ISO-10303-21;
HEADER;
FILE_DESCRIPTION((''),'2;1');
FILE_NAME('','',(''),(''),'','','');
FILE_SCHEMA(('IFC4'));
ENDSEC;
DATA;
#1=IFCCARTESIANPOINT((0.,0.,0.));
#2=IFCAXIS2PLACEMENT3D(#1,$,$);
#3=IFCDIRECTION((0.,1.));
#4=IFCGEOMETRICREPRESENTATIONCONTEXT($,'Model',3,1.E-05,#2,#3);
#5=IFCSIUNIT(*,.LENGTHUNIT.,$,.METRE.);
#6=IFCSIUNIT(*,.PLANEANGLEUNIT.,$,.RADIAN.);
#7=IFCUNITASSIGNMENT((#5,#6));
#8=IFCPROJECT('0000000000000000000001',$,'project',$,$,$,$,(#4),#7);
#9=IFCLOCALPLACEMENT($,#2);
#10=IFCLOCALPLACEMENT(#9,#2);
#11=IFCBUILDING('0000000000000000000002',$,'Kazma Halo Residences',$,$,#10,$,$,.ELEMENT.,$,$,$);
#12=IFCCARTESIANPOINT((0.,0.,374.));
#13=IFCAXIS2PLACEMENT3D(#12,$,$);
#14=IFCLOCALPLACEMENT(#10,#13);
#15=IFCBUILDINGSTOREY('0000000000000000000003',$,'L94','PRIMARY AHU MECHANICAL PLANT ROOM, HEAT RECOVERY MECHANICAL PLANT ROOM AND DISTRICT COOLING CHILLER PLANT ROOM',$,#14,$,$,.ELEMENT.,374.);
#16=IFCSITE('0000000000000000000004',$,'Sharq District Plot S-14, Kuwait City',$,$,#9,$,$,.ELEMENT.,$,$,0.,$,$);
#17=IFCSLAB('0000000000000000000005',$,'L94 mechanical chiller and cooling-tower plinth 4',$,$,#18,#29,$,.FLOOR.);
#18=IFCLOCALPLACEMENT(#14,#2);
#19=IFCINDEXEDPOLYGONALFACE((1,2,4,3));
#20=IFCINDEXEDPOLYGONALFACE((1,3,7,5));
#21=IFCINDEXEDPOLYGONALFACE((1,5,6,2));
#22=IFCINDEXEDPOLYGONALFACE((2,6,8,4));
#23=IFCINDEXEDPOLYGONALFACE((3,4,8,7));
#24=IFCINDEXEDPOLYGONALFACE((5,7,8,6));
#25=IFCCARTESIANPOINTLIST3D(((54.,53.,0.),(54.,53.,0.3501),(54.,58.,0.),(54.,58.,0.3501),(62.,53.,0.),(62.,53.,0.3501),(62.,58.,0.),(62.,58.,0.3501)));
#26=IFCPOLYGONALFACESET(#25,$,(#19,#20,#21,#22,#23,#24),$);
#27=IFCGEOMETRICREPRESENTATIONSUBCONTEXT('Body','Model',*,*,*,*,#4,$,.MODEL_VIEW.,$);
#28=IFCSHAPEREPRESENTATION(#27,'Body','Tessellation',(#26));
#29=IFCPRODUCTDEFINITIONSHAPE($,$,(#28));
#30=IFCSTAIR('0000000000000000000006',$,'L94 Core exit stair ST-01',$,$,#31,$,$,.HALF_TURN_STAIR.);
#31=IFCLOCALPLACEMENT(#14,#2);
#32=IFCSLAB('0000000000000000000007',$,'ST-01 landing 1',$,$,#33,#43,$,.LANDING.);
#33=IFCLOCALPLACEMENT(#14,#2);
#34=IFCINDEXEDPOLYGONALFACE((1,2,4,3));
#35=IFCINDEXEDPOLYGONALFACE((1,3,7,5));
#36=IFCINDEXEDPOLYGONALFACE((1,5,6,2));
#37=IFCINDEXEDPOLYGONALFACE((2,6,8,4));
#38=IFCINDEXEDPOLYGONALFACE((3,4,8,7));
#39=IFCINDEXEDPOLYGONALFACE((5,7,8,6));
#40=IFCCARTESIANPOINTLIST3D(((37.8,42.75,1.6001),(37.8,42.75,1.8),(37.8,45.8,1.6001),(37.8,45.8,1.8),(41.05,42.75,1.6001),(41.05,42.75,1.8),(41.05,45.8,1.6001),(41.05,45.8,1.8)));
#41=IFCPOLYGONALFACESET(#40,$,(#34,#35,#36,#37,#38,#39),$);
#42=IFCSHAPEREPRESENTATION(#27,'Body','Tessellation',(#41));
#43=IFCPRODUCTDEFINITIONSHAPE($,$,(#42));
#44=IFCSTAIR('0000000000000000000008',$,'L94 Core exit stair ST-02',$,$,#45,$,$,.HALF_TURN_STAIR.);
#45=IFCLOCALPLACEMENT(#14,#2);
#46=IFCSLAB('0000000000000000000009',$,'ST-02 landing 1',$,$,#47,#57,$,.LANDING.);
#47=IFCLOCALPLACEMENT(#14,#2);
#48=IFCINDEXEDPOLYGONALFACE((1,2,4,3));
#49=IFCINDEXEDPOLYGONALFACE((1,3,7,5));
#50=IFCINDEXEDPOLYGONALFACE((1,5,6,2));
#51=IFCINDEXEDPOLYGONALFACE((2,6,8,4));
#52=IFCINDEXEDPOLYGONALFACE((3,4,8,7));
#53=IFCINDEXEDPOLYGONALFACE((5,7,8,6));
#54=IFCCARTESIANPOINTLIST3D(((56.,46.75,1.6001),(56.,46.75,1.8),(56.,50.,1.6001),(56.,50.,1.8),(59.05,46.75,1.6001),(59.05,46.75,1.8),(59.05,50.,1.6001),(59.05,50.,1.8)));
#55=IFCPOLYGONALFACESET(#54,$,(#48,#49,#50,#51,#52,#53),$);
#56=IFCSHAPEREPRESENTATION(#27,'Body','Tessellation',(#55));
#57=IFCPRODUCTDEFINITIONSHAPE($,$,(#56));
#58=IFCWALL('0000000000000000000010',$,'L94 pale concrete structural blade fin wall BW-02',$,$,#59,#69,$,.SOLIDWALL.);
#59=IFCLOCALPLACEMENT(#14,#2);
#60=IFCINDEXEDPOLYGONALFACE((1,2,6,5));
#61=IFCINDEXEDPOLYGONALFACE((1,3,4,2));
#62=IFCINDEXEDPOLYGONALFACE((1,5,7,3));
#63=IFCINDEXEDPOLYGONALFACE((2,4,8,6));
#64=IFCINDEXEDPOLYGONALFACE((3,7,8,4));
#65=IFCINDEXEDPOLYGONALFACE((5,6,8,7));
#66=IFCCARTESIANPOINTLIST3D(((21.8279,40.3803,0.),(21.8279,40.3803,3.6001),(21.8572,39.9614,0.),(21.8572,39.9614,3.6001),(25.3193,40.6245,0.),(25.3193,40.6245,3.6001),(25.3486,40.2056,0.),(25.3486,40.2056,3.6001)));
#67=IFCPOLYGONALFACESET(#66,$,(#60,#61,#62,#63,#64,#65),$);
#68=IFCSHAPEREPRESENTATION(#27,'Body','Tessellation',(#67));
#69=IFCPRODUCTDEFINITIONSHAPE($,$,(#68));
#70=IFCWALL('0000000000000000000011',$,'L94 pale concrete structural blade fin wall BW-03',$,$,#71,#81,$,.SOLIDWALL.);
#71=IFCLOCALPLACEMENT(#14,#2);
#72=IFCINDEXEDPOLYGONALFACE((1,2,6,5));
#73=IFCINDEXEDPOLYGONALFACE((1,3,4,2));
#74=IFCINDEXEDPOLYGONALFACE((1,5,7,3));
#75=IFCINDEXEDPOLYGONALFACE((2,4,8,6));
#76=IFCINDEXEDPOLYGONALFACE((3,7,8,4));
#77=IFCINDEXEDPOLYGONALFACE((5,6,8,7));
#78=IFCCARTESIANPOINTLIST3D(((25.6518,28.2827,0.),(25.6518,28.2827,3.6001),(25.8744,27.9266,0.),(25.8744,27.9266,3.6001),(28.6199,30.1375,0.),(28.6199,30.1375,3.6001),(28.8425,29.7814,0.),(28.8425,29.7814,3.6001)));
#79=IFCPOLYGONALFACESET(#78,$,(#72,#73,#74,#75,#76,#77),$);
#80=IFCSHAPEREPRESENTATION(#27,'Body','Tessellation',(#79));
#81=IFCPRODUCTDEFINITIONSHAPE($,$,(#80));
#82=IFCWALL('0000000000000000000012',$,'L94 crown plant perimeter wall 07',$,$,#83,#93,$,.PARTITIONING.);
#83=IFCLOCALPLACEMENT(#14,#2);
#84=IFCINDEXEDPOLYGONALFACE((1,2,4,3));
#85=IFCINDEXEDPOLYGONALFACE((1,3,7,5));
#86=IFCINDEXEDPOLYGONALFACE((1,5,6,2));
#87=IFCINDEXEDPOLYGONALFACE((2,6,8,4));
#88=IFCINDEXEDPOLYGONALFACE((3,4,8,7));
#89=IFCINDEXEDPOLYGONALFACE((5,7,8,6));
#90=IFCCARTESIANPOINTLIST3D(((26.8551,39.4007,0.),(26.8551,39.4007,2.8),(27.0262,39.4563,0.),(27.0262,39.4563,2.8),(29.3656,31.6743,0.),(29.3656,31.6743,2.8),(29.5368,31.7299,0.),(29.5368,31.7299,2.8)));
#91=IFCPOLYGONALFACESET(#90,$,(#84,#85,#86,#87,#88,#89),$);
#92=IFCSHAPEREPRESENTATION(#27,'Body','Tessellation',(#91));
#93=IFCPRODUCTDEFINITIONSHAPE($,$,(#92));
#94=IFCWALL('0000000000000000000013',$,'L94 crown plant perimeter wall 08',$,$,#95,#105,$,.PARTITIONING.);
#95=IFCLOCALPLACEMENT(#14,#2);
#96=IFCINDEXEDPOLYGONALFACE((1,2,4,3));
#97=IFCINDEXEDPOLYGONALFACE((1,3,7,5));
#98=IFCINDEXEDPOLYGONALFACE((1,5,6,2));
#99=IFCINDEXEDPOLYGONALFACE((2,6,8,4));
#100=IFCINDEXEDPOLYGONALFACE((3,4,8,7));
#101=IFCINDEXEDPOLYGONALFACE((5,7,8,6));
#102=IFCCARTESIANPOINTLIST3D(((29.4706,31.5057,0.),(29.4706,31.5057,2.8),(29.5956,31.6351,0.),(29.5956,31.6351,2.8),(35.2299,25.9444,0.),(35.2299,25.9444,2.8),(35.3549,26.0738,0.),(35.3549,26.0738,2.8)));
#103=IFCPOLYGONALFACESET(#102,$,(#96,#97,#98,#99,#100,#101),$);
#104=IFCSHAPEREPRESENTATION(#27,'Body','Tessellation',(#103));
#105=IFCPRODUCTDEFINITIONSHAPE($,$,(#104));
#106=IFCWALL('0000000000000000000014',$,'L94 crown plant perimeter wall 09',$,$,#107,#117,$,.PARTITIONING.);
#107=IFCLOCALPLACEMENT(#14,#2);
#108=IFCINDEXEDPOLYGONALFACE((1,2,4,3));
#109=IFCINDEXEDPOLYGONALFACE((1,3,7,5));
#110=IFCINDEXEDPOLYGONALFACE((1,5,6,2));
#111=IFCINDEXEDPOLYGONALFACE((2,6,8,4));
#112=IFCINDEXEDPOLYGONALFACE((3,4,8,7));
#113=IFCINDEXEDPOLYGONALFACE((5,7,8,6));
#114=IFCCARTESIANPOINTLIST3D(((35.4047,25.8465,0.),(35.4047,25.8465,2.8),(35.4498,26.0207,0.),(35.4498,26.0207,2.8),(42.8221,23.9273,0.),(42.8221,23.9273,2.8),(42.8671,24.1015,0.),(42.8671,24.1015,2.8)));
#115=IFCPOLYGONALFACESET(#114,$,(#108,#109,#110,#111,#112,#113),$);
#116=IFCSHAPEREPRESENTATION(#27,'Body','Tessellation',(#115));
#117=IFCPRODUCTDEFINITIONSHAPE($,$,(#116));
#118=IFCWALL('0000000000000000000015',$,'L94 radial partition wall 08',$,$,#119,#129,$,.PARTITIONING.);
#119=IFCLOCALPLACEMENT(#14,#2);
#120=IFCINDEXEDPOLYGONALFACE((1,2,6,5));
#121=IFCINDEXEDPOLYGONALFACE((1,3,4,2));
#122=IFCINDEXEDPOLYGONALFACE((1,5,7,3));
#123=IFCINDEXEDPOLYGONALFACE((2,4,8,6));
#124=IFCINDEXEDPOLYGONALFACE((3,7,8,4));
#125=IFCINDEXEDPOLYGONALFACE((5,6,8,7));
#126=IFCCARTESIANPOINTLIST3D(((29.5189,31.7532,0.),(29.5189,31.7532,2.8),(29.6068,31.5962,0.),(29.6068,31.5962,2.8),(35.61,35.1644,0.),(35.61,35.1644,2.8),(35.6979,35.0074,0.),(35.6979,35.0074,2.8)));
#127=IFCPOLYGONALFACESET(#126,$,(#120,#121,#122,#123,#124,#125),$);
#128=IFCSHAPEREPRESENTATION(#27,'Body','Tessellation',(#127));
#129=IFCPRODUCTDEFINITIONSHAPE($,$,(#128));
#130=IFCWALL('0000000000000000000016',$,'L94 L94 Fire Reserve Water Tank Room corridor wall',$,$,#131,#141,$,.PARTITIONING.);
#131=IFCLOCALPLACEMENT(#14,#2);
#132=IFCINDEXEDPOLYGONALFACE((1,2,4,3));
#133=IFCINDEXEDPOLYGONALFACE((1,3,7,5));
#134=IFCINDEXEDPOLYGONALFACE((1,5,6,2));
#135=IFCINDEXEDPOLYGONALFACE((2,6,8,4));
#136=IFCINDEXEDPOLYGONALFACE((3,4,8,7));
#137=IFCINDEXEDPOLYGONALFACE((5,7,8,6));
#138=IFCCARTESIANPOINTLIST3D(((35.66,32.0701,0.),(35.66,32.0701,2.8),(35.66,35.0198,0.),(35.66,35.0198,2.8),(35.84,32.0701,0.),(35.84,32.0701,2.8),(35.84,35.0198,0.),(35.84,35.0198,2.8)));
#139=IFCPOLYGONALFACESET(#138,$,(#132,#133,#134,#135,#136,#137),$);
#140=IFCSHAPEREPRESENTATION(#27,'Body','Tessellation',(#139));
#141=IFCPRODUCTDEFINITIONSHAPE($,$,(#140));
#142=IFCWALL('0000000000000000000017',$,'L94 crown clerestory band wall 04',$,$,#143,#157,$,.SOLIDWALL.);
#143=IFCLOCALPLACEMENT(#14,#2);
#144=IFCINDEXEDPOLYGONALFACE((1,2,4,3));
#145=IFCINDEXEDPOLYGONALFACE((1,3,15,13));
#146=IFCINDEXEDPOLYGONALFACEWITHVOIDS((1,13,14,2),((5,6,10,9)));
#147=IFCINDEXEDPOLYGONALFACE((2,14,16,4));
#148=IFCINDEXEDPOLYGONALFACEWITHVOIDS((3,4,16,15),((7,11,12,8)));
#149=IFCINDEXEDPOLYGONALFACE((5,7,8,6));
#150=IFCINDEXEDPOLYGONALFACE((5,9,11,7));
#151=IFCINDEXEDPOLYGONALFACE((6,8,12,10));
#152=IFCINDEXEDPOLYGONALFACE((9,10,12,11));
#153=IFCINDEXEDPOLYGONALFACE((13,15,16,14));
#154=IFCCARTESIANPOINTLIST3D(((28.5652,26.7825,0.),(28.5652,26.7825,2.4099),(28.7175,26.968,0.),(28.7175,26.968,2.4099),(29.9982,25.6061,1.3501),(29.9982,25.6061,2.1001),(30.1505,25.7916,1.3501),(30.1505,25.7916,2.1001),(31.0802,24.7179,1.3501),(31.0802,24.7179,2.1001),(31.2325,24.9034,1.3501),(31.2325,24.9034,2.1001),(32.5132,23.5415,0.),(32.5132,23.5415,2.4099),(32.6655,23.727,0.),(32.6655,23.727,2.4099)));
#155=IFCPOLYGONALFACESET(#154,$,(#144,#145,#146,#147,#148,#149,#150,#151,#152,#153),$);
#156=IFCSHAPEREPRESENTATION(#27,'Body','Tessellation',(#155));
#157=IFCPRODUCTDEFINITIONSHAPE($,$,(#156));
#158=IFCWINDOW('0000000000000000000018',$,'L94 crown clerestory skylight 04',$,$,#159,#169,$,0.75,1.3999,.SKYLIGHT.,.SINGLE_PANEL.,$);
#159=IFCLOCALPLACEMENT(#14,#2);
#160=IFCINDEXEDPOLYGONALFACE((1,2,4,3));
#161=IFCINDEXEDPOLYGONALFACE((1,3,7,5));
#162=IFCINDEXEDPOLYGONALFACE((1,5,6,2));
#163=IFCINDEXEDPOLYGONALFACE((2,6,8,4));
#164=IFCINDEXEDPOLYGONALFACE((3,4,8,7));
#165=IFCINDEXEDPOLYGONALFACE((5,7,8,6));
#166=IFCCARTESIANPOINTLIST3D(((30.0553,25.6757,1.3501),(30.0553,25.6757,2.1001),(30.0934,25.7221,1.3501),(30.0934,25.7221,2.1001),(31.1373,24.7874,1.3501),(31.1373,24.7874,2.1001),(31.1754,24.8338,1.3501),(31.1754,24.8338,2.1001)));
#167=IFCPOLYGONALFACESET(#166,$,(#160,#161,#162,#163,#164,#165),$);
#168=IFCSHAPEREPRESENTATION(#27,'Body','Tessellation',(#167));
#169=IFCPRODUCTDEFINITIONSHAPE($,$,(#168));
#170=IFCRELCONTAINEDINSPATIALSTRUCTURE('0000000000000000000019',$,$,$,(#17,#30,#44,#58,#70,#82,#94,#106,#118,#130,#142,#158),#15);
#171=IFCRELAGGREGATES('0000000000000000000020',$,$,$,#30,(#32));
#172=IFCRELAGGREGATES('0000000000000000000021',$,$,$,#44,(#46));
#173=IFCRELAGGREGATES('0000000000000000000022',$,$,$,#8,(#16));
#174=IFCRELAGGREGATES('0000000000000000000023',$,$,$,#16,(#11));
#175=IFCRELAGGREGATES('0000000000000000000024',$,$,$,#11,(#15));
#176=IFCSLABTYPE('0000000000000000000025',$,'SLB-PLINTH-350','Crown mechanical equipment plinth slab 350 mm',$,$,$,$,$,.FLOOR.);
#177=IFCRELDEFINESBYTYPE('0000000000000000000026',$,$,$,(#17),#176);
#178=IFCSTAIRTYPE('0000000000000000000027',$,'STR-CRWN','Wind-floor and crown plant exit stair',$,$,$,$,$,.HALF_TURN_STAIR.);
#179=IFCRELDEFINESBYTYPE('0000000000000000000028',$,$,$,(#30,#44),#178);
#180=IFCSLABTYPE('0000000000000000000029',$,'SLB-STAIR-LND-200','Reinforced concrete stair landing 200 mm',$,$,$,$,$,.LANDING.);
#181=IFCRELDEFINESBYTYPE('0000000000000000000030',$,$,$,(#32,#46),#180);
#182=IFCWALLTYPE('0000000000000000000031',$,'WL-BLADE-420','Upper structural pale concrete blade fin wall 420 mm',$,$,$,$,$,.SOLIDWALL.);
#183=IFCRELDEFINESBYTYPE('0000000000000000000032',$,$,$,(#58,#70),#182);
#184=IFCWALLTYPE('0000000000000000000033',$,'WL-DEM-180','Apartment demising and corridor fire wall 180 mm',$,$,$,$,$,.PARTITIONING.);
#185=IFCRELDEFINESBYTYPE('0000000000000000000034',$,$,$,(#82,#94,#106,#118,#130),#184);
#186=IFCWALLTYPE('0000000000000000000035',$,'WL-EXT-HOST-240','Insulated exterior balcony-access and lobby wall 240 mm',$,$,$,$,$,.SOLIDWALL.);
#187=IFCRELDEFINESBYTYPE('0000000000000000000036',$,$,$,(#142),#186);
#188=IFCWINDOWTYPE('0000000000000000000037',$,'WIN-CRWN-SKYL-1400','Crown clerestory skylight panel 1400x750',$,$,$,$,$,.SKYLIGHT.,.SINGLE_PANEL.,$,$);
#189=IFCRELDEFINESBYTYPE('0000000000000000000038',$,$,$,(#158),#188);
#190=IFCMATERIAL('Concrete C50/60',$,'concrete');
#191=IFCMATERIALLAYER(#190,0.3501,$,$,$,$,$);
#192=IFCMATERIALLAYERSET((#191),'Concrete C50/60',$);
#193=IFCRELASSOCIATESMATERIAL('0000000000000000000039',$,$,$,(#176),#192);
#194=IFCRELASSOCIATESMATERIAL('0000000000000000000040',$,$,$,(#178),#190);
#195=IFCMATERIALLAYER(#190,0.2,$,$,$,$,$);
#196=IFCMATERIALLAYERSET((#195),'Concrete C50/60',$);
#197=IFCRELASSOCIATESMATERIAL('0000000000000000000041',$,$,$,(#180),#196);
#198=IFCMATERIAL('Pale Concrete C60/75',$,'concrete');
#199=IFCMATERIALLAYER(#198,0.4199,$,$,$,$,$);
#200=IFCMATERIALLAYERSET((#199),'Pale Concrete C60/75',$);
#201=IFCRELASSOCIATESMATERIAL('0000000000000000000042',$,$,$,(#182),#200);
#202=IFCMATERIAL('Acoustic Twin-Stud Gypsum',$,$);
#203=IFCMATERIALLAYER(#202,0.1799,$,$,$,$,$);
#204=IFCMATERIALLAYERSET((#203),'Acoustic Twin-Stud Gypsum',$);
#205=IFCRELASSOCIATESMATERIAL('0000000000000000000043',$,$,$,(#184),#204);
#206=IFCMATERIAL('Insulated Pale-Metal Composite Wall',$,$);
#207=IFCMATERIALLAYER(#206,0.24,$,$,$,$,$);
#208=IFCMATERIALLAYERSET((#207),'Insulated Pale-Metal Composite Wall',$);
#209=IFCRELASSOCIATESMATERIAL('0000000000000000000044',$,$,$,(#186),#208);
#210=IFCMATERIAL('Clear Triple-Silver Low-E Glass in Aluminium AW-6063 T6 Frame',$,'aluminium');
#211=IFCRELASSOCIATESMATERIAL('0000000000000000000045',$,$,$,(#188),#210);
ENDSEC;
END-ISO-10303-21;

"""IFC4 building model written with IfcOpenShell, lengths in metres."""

from ifc_helpers import new_model, si_unit, direction, frame, frame_2d, origin, place, context, subcontext, project, spatial, polyline, rectangle, outline, extrude, material, layer, layer_set, type_object, element, fill, aggregate, save


model = new_model("IFC4")

# Units and contexts
model_context = context("Model", 3, precision=1e-05, world=origin(), true_north=direction((0.0, 1.0)))
body_context = subcontext(model_context, "Body", "Model", "MODEL_VIEW")
ifc_project = project(units=[si_unit("LENGTHUNIT", "METRE"), si_unit("PLANEANGLEUNIT", "RADIAN")], contexts=[model_context])

# Site, building, storey
site_placement = place(None, origin())
site = spatial("IfcSite", under=ifc_project, at=site_placement, Name="Sharq District Plot S-14, Kuwait City", CompositionType="ELEMENT", RefElevation=0.0)
building_placement = place(site_placement, origin())
building = spatial("IfcBuilding", under=site, at=building_placement, Name="Kazma Halo Residences", CompositionType="ELEMENT")
storey_placement = place(building_placement, frame((0.0, 0.0, 374.0)))
storey = spatial("IfcBuildingStorey", under=building, at=storey_placement, Name="L94", Description="PRIMARY AHU MECHANICAL PLANT ROOM, HEAT RECOVERY MECHANICAL PLANT ROOM AND DISTRICT COOLING CHILLER PLANT ROOM", CompositionType="ELEMENT", Elevation=374.0)

# Slab
ifc_material_1 = material(Name="Concrete C50/60", Category="concrete")
ifc_layer_1 = layer(ifc_material_1, 0.3501)
ifc_layer_set_1 = layer_set([ifc_layer_1], Name="Concrete C50/60")
slab_type_1 = type_object("IfcSlabType", Name="SLB-PLINTH-350", Description="Crown mechanical equipment plinth slab 350 mm", PredefinedType="FLOOR", material=ifc_layer_set_1)
slab_1_placement = place(storey_placement, origin())
element("IfcSlab", 1, at=slab_1_placement, inside=storey, type_object=slab_type_1, Name="L94 mechanical chiller and cooling-tower plinth 4", PredefinedType="FLOOR", context=body_context, shape_type="SweptSolid", body=[
    extrude(outline(polyline([(54.0, 53.0), (62.0, 53.0), (62.0, 58.0), (54.0, 58.0), (54.0, 53.0)])), origin(), (0.0, 0.0, 1.0), 0.3501),
])

# Stairs, slabs
stair_type = type_object("IfcStairType", Name="STR-CRWN", Description="Wind-floor and crown plant exit stair", PredefinedType="HALF_TURN_STAIR", material=ifc_material_1)
stair_1_placement = place(storey_placement, origin())
stair_1 = element("IfcStair", 2, at=stair_1_placement, inside=storey, type_object=stair_type, Name="L94 Core exit stair ST-01", PredefinedType="HALF_TURN_STAIR")
ifc_layer_2 = layer(ifc_material_1, 0.2)
ifc_layer_set_2 = layer_set([ifc_layer_2], Name="Concrete C50/60")
slab_type_2 = type_object("IfcSlabType", Name="SLB-STAIR-LND-200", Description="Reinforced concrete stair landing 200 mm", PredefinedType="LANDING", material=ifc_layer_set_2)
slab_2_placement = place(storey_placement, frame((0.0, 0.0, 1.6001)))
slab_2 = element("IfcSlab", 3, at=slab_2_placement, type_object=slab_type_2, Name="ST-01 landing 1", PredefinedType="LANDING", context=body_context, shape_type="SweptSolid", body=[
    extrude(outline(polyline([(41.05, 42.75), (41.05, 45.8), (37.8, 45.8), (37.8, 42.75), (41.05, 42.75)])), origin(), (0.0, 0.0, 1.0), 0.2),
])
aggregate(stair_1, [slab_2])
stair_2_placement = place(storey_placement, origin())
stair_2 = element("IfcStair", 4, at=stair_2_placement, inside=storey, type_object=stair_type, Name="L94 Core exit stair ST-02", PredefinedType="HALF_TURN_STAIR")
slab_3_placement = place(storey_placement, frame((0.0, 0.0, 1.6001)))
slab_3 = element("IfcSlab", 5, at=slab_3_placement, type_object=slab_type_2, Name="ST-02 landing 1", PredefinedType="LANDING", context=body_context, shape_type="SweptSolid", body=[
    extrude(outline(polyline([(56.0, 46.75), (59.05, 46.75), (59.05, 50.0), (56.0, 50.0), (56.0, 46.75)])), origin(), (0.0, 0.0, 1.0), 0.2),
])
aggregate(stair_2, [slab_3])

# Walls
ifc_material_2 = material(Name="Pale Concrete C60/75", Category="concrete")
ifc_layer_3 = layer(ifc_material_2, 0.4199)
ifc_layer_set_3 = layer_set([ifc_layer_3], Name="Pale Concrete C60/75")
wall_type_1 = type_object("IfcWallType", Name="WL-BLADE-420", Description="Upper structural pale concrete blade fin wall 420 mm", PredefinedType="SOLIDWALL", material=ifc_layer_set_3)
for number, where, z_axis, x_axis, name in (
    (6, (25.334, 40.415, 0.0), (0.0, 0.0, 1.0), (-0.997564, -0.069755, 0.0), "L94 pale concrete structural blade fin wall BW-02"),
    (7, (28.7312, 29.9595, 0.0), (0.0, 0.0, 1.0), (-0.848034, -0.529943, 0.0), "L94 pale concrete structural blade fin wall BW-03"),
):
    element("IfcWall", number, at=place(storey_placement, frame(where, z_axis=z_axis, x_axis=x_axis)), inside=storey, type_object=wall_type_1, Name=name, PredefinedType="SOLIDWALL", context=body_context, shape_type="SweptSolid", body=[
        extrude(rectangle(XDim=3.5, YDim=0.4199, at=frame_2d((1.75, 0.0))), origin(), (0.0, 0.0, 1.0), 3.6001),
    ])
ifc_material_3 = material(Name="Acoustic Twin-Stud Gypsum")
ifc_layer_4 = layer(ifc_material_3, 0.1799)
ifc_layer_set_4 = layer_set([ifc_layer_4], Name="Acoustic Twin-Stud Gypsum")
wall_type_2 = type_object("IfcWallType", Name="WL-DEM-180", Description="Apartment demising and corridor fire wall 180 mm", PredefinedType="PARTITIONING", material=ifc_layer_set_4)
wall_1_placement = place(storey_placement, frame((26.9407, 39.4285, 0.0), z_axis=(0.0, 0.0, 1.0), x_axis=(0.309024, -0.951054, 0.0)))
element("IfcWall", 8, at=wall_1_placement, inside=storey, type_object=wall_type_2, Name="L94 crown plant perimeter wall 07", PredefinedType="PARTITIONING", context=body_context, shape_type="SweptSolid", body=[
    extrude(rectangle(XDim=8.124, YDim=0.1799, at=frame_2d((4.062, 0.0))), origin(), (0.0, 0.0, 1.0), 2.8),
])
wall_2_placement = place(storey_placement, frame((29.5332, 31.5703, 0.0), z_axis=(0.0, 0.0, 1.0), x_axis=(0.719364, -0.694633, 0.0)))
element("IfcWall", 9, at=wall_2_placement, inside=storey, type_object=wall_type_2, Name="L94 crown plant perimeter wall 08", PredefinedType="PARTITIONING", context=body_context, shape_type="SweptSolid", body=[
    extrude(rectangle(XDim=8.0061, YDim=0.1799, at=frame_2d((4.0029, 0.0))), origin(), (0.0, 0.0, 1.0), 2.8),
])
wall_3_placement = place(storey_placement, frame((35.4272, 25.9336, 0.0), z_axis=(0.0, 0.0, 1.0), x_axis=(0.968117, -0.250498, 0.0)))
element("IfcWall", 10, at=wall_3_placement, inside=storey, type_object=wall_type_2, Name="L94 crown plant perimeter wall 09", PredefinedType="PARTITIONING", context=body_context, shape_type="SweptSolid", body=[
    extrude(rectangle(XDim=7.6616, YDim=0.1799, at=frame_2d((3.8308, 0.0))), origin(), (0.0, 0.0, 1.0), 2.8),
])
wall_4_placement = place(storey_placement, frame((35.6541, 35.0859, 0.0), z_axis=(0.0, 0.0, 1.0), x_axis=(-0.872498, -0.488618, 0.0)))
element("IfcWall", 11, at=wall_4_placement, inside=storey, type_object=wall_type_2, Name="L94 radial partition wall 08", PredefinedType="PARTITIONING", context=body_context, shape_type="SweptSolid", body=[
    extrude(rectangle(XDim=6.9812, YDim=0.1799, at=frame_2d((3.4907, 0.0))), origin(), (0.0, 0.0, 1.0), 2.8),
])
wall_5_placement = place(storey_placement, frame((35.75, 35.0198, 0.0), z_axis=(0.0, 0.0, 1.0), x_axis=(0.0, -1.0, 0.0)))
element("IfcWall", 12, at=wall_5_placement, inside=storey, type_object=wall_type_2, Name="L94 L94 Fire Reserve Water Tank Room corridor wall", PredefinedType="PARTITIONING", context=body_context, shape_type="SweptSolid", body=[
    extrude(rectangle(XDim=2.9497, YDim=0.1799, at=frame_2d((1.4749, 0.0))), origin(), (0.0, 0.0, 1.0), 2.8),
])

# Wall, opening, window
ifc_material_4 = material(Name="Insulated Pale-Metal Composite Wall")
ifc_layer_5 = layer(ifc_material_4, 0.24)
ifc_layer_set_5 = layer_set([ifc_layer_5], Name="Insulated Pale-Metal Composite Wall")
wall_type_3 = type_object("IfcWallType", Name="WL-EXT-HOST-240", Description="Insulated exterior balcony-access and lobby wall 240 mm", PredefinedType="SOLIDWALL", material=ifc_layer_set_5)
wall_6_placement = place(storey_placement, frame((28.6414, 26.8752, 0.0), z_axis=(0.0, 0.0, 1.0), x_axis=(0.772921, -0.634502, 0.0)))
wall_6 = element("IfcWall", 13, at=wall_6_placement, inside=storey, type_object=wall_type_3, Name="L94 crown clerestory band wall 04", PredefinedType="SOLIDWALL", context=body_context, shape_type="SweptSolid", body=[
    extrude(rectangle(XDim=5.1079, YDim=0.24, at=frame_2d((2.554, 0.0))), origin(), (0.0, 0.0, 1.0), 2.4099),
])
opening_placement = place(wall_6_placement, frame((1.854, 0.0, 1.3501)))
opening = element("IfcOpeningElement", 14, at=opening_placement, cuts=wall_6, PredefinedType="OPENING", context=body_context, shape_type="SweptSolid", body=[
    extrude(rectangle(XDim=1.3999, YDim=0.75, at=frame_2d((0.7, 0.375))), frame((0.0, 0.1299, 0.0), z_axis=(0.0, -1.0, 0.0), x_axis=(1.0, 0.0, 0.0)), (0.0, 0.0, 1.0), 0.26),
])
ifc_material_5 = material(Name="Clear Triple-Silver Low-E Glass in Aluminium AW-6063 T6 Frame", Category="aluminium")
window_type = type_object("IfcWindowType", Name="WIN-CRWN-SKYL-1400", Description="Crown clerestory skylight panel 1400x750", PartitioningType="SINGLE_PANEL", PredefinedType="SKYLIGHT", material=ifc_material_5)
window_placement = place(opening_placement, origin())
window = element("IfcWindow", 15, at=window_placement, inside=storey, type_object=window_type, Name="L94 crown clerestory skylight 04", OverallHeight=0.75, OverallWidth=1.3999, PartitioningType="SINGLE_PANEL", PredefinedType="SKYLIGHT", context=body_context, shape_type="SweptSolid", body=[
    extrude(rectangle(XDim=1.3999, YDim=0.75, at=frame_2d((0.7, 0.375))), frame((0.0, 0.03, 0.0), z_axis=(0.0, -1.0, 0.0), x_axis=(1.0, 0.0, 0.0)), (0.0, 0.0, 1.0), 0.0601),
])
fill(opening, window)

save(model, "model.ifc")
